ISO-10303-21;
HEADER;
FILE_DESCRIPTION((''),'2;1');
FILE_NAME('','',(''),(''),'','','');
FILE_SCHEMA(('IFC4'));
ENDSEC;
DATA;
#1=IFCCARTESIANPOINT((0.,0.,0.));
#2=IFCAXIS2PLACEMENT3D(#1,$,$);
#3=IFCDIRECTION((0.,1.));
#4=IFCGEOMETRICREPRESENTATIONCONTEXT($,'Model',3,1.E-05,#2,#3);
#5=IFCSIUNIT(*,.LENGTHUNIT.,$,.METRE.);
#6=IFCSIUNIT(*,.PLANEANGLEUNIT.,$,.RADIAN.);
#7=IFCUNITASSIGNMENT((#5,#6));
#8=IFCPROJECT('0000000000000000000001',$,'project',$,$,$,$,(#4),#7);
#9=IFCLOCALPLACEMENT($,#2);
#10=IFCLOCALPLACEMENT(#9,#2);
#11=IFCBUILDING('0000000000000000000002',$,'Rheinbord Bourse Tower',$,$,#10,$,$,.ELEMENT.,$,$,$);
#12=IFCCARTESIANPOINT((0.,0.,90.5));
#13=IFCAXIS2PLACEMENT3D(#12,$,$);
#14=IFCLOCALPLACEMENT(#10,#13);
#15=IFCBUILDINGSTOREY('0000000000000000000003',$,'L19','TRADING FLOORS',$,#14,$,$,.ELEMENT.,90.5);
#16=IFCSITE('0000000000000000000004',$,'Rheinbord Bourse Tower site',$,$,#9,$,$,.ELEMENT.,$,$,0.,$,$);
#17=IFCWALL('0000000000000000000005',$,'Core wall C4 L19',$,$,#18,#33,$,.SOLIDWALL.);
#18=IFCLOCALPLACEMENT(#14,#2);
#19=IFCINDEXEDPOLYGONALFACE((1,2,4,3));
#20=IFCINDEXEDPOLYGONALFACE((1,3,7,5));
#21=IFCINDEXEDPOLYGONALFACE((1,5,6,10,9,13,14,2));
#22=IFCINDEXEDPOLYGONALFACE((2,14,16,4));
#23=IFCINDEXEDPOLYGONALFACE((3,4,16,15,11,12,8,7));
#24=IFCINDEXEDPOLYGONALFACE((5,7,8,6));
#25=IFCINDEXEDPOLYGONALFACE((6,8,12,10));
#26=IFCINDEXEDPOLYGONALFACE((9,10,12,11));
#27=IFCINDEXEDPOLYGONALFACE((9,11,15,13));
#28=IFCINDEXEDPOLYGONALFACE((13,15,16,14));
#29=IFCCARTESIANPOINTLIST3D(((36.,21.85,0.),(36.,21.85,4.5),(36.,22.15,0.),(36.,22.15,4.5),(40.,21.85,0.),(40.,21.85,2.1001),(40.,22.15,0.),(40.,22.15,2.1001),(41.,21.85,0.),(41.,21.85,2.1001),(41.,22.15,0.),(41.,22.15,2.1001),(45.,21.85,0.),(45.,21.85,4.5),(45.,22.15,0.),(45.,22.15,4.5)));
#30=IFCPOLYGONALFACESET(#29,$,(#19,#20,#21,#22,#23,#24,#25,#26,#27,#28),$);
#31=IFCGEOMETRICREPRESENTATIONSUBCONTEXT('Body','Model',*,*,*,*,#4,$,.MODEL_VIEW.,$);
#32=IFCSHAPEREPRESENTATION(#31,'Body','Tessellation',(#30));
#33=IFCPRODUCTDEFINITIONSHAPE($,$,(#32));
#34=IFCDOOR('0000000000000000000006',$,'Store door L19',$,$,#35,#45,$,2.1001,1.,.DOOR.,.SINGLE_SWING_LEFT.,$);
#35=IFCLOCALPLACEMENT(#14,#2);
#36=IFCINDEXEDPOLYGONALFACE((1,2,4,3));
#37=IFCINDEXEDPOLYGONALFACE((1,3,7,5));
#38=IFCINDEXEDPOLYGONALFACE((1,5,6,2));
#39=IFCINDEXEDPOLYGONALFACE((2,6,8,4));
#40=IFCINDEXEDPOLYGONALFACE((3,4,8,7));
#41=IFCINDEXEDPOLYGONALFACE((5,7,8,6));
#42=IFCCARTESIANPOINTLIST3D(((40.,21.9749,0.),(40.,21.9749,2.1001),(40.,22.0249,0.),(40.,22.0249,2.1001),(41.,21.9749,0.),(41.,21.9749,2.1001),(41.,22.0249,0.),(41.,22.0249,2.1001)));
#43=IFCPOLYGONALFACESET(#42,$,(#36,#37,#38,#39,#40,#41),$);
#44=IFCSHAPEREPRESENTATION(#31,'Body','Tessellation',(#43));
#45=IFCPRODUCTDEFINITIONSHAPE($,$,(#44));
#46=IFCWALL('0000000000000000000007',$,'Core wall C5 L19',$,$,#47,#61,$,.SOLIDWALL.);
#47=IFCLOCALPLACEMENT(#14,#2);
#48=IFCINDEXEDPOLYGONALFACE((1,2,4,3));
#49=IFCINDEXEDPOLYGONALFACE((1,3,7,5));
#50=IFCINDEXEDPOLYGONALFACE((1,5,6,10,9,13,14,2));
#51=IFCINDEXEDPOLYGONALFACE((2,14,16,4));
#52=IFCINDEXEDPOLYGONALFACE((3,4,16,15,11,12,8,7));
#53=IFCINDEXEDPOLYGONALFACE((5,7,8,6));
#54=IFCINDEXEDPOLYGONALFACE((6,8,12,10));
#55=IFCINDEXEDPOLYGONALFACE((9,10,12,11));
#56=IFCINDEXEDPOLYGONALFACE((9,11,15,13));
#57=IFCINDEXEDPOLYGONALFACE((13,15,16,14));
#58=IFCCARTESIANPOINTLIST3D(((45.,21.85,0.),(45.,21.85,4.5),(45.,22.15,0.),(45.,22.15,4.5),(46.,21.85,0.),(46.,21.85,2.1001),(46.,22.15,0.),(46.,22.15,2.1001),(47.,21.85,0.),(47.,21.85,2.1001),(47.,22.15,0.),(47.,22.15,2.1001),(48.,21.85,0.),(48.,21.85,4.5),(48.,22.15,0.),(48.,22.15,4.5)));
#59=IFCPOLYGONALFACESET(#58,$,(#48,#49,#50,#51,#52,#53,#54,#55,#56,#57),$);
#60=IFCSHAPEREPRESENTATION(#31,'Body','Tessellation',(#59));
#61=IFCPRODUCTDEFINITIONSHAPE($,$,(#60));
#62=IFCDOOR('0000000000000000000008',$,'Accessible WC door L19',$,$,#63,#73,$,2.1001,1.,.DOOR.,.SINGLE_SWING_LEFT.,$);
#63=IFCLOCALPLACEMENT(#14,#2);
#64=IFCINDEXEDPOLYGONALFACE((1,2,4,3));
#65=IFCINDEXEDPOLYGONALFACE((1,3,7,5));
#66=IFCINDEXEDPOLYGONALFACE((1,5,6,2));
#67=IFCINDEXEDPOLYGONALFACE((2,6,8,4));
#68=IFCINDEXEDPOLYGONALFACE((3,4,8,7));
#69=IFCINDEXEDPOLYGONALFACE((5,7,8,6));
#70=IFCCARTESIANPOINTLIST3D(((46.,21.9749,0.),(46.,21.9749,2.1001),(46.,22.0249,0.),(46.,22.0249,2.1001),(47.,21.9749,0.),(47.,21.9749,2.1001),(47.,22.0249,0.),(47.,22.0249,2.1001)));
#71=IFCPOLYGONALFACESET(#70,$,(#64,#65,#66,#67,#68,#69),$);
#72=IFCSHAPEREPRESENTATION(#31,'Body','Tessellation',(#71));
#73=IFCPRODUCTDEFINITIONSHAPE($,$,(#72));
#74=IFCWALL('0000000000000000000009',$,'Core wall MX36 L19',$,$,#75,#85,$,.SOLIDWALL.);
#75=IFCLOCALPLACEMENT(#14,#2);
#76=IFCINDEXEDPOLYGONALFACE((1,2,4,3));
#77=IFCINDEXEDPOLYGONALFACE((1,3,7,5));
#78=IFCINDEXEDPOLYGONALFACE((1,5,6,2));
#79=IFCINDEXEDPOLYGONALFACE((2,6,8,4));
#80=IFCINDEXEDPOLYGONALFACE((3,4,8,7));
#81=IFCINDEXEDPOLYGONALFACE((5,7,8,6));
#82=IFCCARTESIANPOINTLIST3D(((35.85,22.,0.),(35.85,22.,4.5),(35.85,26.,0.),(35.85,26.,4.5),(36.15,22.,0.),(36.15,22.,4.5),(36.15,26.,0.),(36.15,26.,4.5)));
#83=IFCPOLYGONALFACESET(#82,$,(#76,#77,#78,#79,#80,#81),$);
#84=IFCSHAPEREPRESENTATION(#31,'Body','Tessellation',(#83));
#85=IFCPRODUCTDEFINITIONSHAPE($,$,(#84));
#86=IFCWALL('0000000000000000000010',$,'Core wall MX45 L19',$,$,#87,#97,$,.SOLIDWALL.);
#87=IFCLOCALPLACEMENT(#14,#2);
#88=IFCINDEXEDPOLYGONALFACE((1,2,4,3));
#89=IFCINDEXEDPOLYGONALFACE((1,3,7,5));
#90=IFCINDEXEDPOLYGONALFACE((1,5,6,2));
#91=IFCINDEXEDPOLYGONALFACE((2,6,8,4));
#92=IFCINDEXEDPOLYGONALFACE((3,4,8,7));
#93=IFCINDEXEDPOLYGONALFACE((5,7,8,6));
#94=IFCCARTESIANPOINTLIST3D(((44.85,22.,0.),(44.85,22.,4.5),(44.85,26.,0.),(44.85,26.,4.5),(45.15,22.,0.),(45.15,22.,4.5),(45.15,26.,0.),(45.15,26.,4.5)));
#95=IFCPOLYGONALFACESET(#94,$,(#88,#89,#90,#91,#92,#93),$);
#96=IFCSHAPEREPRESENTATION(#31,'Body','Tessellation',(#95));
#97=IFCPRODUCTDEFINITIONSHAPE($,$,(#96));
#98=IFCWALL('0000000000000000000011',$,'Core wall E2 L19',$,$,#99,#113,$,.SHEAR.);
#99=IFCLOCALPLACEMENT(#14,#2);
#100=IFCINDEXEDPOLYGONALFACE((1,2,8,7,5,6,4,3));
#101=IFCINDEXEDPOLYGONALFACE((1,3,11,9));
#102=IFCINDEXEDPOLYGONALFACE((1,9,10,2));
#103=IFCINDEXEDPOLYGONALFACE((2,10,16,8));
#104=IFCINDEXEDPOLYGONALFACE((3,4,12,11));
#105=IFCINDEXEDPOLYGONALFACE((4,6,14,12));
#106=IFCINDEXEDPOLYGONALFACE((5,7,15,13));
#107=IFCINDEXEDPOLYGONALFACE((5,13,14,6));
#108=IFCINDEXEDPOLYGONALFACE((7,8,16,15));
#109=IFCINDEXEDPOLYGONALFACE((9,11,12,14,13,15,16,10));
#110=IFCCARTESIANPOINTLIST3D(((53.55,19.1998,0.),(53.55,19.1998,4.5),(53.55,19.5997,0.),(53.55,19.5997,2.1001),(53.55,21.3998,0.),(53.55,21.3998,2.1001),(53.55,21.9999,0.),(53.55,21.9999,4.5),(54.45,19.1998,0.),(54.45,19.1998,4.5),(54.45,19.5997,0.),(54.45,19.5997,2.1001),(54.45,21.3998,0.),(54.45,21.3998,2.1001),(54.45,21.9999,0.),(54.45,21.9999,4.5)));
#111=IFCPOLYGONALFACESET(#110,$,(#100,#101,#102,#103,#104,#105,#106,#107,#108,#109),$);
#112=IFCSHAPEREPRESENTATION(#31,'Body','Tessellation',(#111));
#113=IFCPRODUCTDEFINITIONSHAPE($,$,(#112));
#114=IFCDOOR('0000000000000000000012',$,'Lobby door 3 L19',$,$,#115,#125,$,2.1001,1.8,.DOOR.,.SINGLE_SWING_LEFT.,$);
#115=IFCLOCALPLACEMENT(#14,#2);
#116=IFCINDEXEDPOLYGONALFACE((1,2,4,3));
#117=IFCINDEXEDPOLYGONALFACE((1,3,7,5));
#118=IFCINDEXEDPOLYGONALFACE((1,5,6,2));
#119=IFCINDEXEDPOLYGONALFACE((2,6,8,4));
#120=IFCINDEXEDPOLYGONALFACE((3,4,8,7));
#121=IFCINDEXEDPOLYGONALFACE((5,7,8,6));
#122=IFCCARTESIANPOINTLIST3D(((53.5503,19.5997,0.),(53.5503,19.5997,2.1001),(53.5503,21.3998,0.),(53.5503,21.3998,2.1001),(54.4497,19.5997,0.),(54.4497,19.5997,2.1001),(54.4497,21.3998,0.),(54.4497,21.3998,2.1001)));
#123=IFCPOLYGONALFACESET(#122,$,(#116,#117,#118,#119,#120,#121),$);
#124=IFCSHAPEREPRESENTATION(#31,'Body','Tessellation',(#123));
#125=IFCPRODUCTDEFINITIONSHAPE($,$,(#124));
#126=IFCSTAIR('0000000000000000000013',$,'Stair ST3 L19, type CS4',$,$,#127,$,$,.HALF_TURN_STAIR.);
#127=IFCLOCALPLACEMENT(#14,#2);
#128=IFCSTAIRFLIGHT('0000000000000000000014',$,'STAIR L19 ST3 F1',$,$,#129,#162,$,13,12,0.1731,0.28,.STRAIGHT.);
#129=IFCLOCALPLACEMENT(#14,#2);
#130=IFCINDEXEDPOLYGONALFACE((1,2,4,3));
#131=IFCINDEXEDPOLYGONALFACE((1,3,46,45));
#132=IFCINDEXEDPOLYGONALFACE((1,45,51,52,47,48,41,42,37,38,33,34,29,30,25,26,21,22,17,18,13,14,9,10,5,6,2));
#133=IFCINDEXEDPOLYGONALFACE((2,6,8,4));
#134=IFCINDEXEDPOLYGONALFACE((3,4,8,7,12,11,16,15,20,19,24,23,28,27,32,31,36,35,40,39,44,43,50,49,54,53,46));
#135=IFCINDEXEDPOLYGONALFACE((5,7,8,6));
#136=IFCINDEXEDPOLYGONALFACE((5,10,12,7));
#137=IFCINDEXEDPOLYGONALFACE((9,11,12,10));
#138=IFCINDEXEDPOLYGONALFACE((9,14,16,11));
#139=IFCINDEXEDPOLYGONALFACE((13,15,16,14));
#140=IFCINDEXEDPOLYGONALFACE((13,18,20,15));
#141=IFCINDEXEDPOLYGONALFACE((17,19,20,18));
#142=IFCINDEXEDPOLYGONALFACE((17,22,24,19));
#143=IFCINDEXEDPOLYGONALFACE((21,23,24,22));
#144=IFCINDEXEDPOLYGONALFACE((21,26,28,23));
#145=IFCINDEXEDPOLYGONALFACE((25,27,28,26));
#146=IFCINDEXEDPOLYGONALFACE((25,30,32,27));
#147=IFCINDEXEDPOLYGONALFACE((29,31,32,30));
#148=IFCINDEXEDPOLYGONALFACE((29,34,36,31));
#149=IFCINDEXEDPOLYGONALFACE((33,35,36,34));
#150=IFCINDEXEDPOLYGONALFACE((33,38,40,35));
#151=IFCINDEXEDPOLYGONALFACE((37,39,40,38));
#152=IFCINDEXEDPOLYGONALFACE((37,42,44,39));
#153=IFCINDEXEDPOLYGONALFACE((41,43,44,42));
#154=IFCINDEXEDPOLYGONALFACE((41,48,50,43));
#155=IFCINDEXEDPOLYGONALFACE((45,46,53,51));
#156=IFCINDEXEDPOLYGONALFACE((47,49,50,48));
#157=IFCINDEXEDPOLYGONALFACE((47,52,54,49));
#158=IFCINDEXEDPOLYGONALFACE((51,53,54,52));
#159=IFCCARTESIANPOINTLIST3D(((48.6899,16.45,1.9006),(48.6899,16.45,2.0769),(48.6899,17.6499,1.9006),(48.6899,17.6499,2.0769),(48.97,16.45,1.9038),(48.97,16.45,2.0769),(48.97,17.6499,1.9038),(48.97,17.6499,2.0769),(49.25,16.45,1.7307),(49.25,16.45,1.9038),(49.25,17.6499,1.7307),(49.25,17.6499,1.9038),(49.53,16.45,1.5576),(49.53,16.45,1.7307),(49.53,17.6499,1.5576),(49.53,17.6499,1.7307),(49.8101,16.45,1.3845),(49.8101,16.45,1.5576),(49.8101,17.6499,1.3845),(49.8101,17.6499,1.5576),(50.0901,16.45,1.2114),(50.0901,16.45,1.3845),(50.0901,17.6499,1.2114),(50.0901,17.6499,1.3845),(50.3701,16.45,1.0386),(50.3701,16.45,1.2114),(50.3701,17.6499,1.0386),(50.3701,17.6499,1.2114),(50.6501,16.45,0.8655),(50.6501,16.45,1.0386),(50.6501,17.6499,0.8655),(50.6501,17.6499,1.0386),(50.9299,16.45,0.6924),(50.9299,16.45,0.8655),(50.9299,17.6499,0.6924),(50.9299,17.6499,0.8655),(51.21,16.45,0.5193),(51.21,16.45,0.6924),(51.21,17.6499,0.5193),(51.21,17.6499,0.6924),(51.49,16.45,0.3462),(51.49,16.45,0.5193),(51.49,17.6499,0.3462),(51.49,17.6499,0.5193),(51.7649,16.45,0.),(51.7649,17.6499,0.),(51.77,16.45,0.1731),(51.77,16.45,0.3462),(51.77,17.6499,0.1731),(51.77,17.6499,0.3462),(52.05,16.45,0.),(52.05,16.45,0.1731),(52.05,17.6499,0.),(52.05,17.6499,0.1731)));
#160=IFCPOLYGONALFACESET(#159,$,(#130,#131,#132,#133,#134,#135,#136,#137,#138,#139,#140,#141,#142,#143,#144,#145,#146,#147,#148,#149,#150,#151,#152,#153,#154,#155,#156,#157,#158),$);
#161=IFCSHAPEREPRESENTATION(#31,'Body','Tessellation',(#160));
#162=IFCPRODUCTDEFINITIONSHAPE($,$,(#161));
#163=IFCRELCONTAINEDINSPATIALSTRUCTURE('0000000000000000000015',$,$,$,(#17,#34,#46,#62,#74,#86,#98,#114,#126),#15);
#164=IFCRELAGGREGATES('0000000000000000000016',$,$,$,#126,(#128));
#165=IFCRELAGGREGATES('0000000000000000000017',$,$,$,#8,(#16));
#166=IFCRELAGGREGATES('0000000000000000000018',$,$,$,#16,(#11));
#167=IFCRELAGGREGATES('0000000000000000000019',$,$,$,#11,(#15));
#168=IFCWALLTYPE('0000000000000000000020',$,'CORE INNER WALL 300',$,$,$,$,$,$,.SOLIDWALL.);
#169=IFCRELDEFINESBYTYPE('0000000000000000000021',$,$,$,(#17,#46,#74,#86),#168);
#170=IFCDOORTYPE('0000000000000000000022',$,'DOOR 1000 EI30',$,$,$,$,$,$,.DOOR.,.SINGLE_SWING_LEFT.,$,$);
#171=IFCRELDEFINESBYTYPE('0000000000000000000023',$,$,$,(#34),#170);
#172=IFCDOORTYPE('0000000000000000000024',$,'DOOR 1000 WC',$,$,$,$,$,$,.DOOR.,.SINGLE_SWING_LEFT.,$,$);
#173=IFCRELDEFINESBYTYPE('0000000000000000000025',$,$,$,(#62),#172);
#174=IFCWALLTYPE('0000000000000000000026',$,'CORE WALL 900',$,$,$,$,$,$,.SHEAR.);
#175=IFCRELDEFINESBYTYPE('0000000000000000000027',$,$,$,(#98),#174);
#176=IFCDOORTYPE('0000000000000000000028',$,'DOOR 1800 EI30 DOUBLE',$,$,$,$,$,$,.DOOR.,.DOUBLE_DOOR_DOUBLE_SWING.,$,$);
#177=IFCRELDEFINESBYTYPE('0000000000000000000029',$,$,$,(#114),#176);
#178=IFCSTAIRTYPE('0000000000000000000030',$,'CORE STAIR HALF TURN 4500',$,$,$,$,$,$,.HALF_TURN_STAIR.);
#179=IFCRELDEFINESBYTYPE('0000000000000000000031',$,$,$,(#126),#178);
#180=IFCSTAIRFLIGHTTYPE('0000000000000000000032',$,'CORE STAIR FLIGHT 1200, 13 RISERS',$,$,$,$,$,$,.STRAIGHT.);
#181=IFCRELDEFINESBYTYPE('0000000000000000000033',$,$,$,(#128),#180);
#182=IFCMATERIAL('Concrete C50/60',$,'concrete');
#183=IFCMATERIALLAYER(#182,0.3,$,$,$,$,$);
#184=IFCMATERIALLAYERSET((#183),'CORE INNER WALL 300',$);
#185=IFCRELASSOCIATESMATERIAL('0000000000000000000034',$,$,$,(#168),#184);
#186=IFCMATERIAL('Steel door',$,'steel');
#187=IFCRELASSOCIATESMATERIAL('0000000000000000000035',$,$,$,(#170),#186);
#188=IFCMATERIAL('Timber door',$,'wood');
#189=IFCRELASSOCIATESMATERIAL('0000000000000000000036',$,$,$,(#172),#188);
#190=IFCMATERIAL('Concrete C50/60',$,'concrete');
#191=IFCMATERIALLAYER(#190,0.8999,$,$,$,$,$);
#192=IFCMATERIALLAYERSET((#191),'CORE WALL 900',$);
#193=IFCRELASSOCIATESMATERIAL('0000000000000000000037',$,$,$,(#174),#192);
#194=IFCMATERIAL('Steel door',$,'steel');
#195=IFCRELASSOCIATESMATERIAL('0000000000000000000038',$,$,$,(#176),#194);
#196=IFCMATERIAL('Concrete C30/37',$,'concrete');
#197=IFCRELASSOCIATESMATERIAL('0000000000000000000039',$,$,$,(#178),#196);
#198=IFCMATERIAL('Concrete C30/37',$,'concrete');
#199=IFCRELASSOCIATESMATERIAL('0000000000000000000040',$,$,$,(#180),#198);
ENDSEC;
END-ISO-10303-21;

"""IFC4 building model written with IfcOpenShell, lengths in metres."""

from ifc_helpers import new_model, si_unit, direction, frame, frame_2d, origin, place, context, subcontext, project, spatial, polyline, rectangle, outline, extrude, material, layer, layer_set, type_object, element, fill, aggregate, save


model = new_model("IFC4")

# Units and contexts
model_context = context("Model", 3, precision=1e-05, world=origin(), true_north=direction((0.0, 1.0)))
body_context = subcontext(model_context, "Body", "Model", "MODEL_VIEW")
ifc_project = project(units=[si_unit("LENGTHUNIT", "METRE"), si_unit("PLANEANGLEUNIT", "RADIAN")], contexts=[model_context])

# Site, building, storey
site_placement = place(None, origin())
site = spatial("IfcSite", under=ifc_project, at=site_placement, Name="Rheinbord Bourse Tower site", CompositionType="ELEMENT", RefElevation=0.0)
building_placement = place(site_placement, origin())
building = spatial("IfcBuilding", under=site, at=building_placement, Name="Rheinbord Bourse Tower", CompositionType="ELEMENT")
storey_placement = place(building_placement, frame((0.0, 0.0, 90.5)))
storey = spatial("IfcBuildingStorey", under=building, at=storey_placement, Name="L19", Description="TRADING FLOORS", CompositionType="ELEMENT", Elevation=90.5)

# Shared definitions
ifc_material_1 = material(Name="Concrete C50/60", Category="concrete")
ifc_layer_1 = layer(ifc_material_1, 0.3)
ifc_layer_set_1 = layer_set([ifc_layer_1], Name="CORE INNER WALL 300")
wall_type_1 = type_object("IfcWallType", Name="CORE INNER WALL 300", PredefinedType="SOLIDWALL", material=ifc_layer_set_1)

# Walls, openings, doors
ifc_material_2 = material(Name="Steel door", Category="steel")
door_type_1 = type_object("IfcDoorType", Name="DOOR 1000 EI30", OperationType="SINGLE_SWING_LEFT", PredefinedType="DOOR", material=ifc_material_2)
wall_1_placement = place(storey_placement, frame((36.0, 22.0, 0.0), z_axis=(0.0, 0.0, 1.0), x_axis=(1.0, 0.0, 0.0)))
wall_1 = element("IfcWall", 1, at=wall_1_placement, inside=storey, type_object=wall_type_1, Name="Core wall C4 L19", PredefinedType="SOLIDWALL", context=body_context, shape_type="SweptSolid", body=[
    extrude(rectangle(XDim=9.0, YDim=0.3, at=frame_2d((4.5, 0.0))), origin(), (0.0, 0.0, 1.0), 4.5),
])
opening_1_placement = place(wall_1_placement, frame((4.0, 0.0, 0.0)))
opening_1 = element("IfcOpeningElement", 2, at=opening_1_placement, cuts=wall_1, PredefinedType="OPENING", context=body_context, shape_type="SweptSolid", body=[
    extrude(rectangle(XDim=1.0, YDim=2.1001, at=frame_2d((0.5, 1.05))), frame((0.0, 0.1599, 0.0), z_axis=(0.0, -1.0, 0.0), x_axis=(1.0, 0.0, 0.0)), (0.0, 0.0, 1.0), 0.3201),
])
door_1_placement = place(opening_1_placement, origin())
door_1 = element("IfcDoor", 3, at=door_1_placement, inside=storey, type_object=door_type_1, Name="Store door L19", OperationType="SINGLE_SWING_LEFT", OverallHeight=2.1001, OverallWidth=1.0, PredefinedType="DOOR", context=body_context, shape_type="SweptSolid", body=[
    extrude(rectangle(XDim=1.0, YDim=2.1001, at=frame_2d((0.5, 1.05))), frame((0.0, 0.0249, 0.0), z_axis=(0.0, -1.0, 0.0), x_axis=(1.0, 0.0, 0.0)), (0.0, 0.0, 1.0), 0.05),
])
fill(opening_1, door_1)
wall_2_placement = place(storey_placement, frame((45.0, 22.0, 0.0), z_axis=(0.0, 0.0, 1.0), x_axis=(1.0, 0.0, 0.0)))
wall_2 = element("IfcWall", 4, at=wall_2_placement, inside=storey, type_object=wall_type_1, Name="Core wall C5 L19", PredefinedType="SOLIDWALL", context=body_context, shape_type="SweptSolid", body=[
    extrude(rectangle(XDim=3.0, YDim=0.3, at=frame_2d((1.5, 0.0))), origin(), (0.0, 0.0, 1.0), 4.5),
])
opening_2_placement = place(wall_2_placement, frame((1.0, 0.0, 0.0)))
opening_2 = element("IfcOpeningElement", 5, at=opening_2_placement, cuts=wall_2, PredefinedType="OPENING", context=body_context, shape_type="SweptSolid", body=[
    extrude(rectangle(XDim=1.0, YDim=2.1001, at=frame_2d((0.5, 1.05))), frame((0.0, 0.1599, 0.0), z_axis=(0.0, -1.0, 0.0), x_axis=(1.0, 0.0, 0.0)), (0.0, 0.0, 1.0), 0.3201),
])
ifc_material_3 = material(Name="Timber door", Category="wood")
door_type_2 = type_object("IfcDoorType", Name="DOOR 1000 WC", OperationType="SINGLE_SWING_LEFT", PredefinedType="DOOR", material=ifc_material_3)
door_2_placement = place(opening_2_placement, origin())
door_2 = element("IfcDoor", 6, at=door_2_placement, inside=storey, type_object=door_type_2, Name="Accessible WC door L19", OperationType="SINGLE_SWING_LEFT", OverallHeight=2.1001, OverallWidth=1.0, PredefinedType="DOOR", context=body_context, shape_type="SweptSolid", body=[
    extrude(rectangle(XDim=1.0, YDim=2.1001, at=frame_2d((0.5, 1.05))), frame((0.0, 0.0249, 0.0), z_axis=(0.0, -1.0, 0.0), x_axis=(1.0, 0.0, 0.0)), (0.0, 0.0, 1.0), 0.05),
])
fill(opening_2, door_2)

# Walls
for number, where, z_axis, x_axis, name in (
    (7, (36.0, 22.0, 0.0), (0.0, 0.0, 1.0), (0.0, 1.0, 0.0), "Core wall MX36 L19"),
    (8, (45.0, 22.0, 0.0), (0.0, 0.0, 1.0), (0.0, 1.0, 0.0), "Core wall MX45 L19"),
):
    element("IfcWall", number, at=place(storey_placement, frame(where, z_axis=z_axis, x_axis=x_axis)), inside=storey, type_object=wall_type_1, Name=name, PredefinedType="SOLIDWALL", context=body_context, shape_type="SweptSolid", body=[
        extrude(rectangle(XDim=4.0, YDim=0.3, at=frame_2d((2.0, 0.0))), origin(), (0.0, 0.0, 1.0), 4.5),
    ])

# Wall, opening, door
ifc_material_4 = material(Name="Concrete C50/60", Category="concrete")
ifc_layer_2 = layer(ifc_material_4, 0.8999)
ifc_layer_set_2 = layer_set([ifc_layer_2], Name="CORE WALL 900")
wall_type_2 = type_object("IfcWallType", Name="CORE WALL 900", PredefinedType="SHEAR", material=ifc_layer_set_2)
wall_3_placement = place(storey_placement, frame((54.0, 19.2, 0.0), z_axis=(0.0, 0.0, 1.0), x_axis=(0.0, 1.0, 0.0)))
wall_3 = element("IfcWall", 9, at=wall_3_placement, inside=storey, type_object=wall_type_2, Name="Core wall E2 L19", PredefinedType="SHEAR", context=body_context, shape_type="SweptSolid", body=[
    extrude(rectangle(XDim=2.8, YDim=0.8999, at=frame_2d((1.3999, 0.0))), origin(), (0.0, 0.0, 1.0), 4.5),
])
opening_3_placement = place(wall_3_placement, frame((0.3999, 0.0, 0.0)))
opening_3 = element("IfcOpeningElement", 10, at=opening_3_placement, cuts=wall_3, PredefinedType="OPENING", context=body_context, shape_type="SweptSolid", body=[
    extrude(rectangle(XDim=1.8, YDim=2.1001, at=frame_2d((0.8999, 1.05))), frame((0.0, 0.46, 0.0), z_axis=(0.0, -1.0, 0.0), x_axis=(1.0, 0.0, 0.0)), (0.0, 0.0, 1.0), 0.9199),
])
ifc_material_5 = material(Name="Steel door", Category="steel")
door_type_3 = type_object("IfcDoorType", Name="DOOR 1800 EI30 DOUBLE", OperationType="DOUBLE_DOOR_DOUBLE_SWING", PredefinedType="DOOR", material=ifc_material_5)
door_3_placement = place(opening_3_placement, origin())
door_3 = element("IfcDoor", 11, at=door_3_placement, inside=storey, type_object=door_type_3, Name="Lobby door 3 L19", OperationType="SINGLE_SWING_LEFT", OverallHeight=2.1001, OverallWidth=1.8, PredefinedType="DOOR", context=body_context, shape_type="SweptSolid", body=[
    extrude(rectangle(XDim=1.8, YDim=2.1001, at=frame_2d((0.8999, 1.05))), frame((0.0, 0.4497, 0.0), z_axis=(0.0, -1.0, 0.0), x_axis=(1.0, 0.0, 0.0)), (0.0, 0.0, 1.0), 0.8994),
])
fill(opening_3, door_3)

# Stair, stair flight
ifc_material_6 = material(Name="Concrete C30/37", Category="concrete")
stair_type = type_object("IfcStairType", Name="CORE STAIR HALF TURN 4500", PredefinedType="HALF_TURN_STAIR", material=ifc_material_6)
stair_placement = place(storey_placement, origin())
stair = element("IfcStair", 12, at=stair_placement, inside=storey, type_object=stair_type, Name="Stair ST3 L19, type CS4", PredefinedType="HALF_TURN_STAIR")
ifc_material_7 = material(Name="Concrete C30/37", Category="concrete")
stair_flight_type = type_object("IfcStairFlightType", Name="CORE STAIR FLIGHT 1200, 13 RISERS", PredefinedType="STRAIGHT", material=ifc_material_7)
stair_flight_1_placement = place(storey_placement, frame((52.05, 17.05, 0.0), z_axis=(0.0, 0.0, 1.0), x_axis=(-1.0, 0.0, 0.0)))
stair_flight_1 = element("IfcStairFlight", 13, at=stair_flight_1_placement, type_object=stair_flight_type, Name="STAIR L19 ST3 F1", NumberOfRisers=13, NumberOfTreads=12, PredefinedType="STRAIGHT", RiserHeight=0.1731, TreadLength=0.28, context=body_context, shape_type="SweptSolid", body=[
    extrude(outline(polyline([(0.0, 0.0), (0.0, 0.1731), (0.28, 0.1731), (0.28, 0.3462), (0.5601, 0.3462), (0.5601, 0.5193), (0.8401, 0.5193), (0.8401, 0.6924), (1.1201, 0.6924), (1.1201, 0.8655), (1.3999, 0.8655), (1.3999, 1.0386), (1.6799, 1.0386), (1.6799, 1.2114), (1.96, 1.2114), (1.96, 1.3845), (2.24, 1.3845), (2.24, 1.5576), (2.52, 1.5576), (2.52, 1.7307), (2.8, 1.7307), (2.8, 1.9038), (3.0801, 1.9038), (3.0801, 2.0769), (3.3601, 2.0769), (3.3601, 2.25), (3.3601, 1.9006), (0.2852, 0.0), (0.0, 0.0)])), frame((0.0, 0.6001, 0.0), z_axis=(0.0, -1.0, 0.0), x_axis=(1.0, 0.0, 0.0)), (0.0, 0.0, 1.0), 1.2),
])
aggregate(stair, [stair_flight_1])

save(model, "model.ifc")
